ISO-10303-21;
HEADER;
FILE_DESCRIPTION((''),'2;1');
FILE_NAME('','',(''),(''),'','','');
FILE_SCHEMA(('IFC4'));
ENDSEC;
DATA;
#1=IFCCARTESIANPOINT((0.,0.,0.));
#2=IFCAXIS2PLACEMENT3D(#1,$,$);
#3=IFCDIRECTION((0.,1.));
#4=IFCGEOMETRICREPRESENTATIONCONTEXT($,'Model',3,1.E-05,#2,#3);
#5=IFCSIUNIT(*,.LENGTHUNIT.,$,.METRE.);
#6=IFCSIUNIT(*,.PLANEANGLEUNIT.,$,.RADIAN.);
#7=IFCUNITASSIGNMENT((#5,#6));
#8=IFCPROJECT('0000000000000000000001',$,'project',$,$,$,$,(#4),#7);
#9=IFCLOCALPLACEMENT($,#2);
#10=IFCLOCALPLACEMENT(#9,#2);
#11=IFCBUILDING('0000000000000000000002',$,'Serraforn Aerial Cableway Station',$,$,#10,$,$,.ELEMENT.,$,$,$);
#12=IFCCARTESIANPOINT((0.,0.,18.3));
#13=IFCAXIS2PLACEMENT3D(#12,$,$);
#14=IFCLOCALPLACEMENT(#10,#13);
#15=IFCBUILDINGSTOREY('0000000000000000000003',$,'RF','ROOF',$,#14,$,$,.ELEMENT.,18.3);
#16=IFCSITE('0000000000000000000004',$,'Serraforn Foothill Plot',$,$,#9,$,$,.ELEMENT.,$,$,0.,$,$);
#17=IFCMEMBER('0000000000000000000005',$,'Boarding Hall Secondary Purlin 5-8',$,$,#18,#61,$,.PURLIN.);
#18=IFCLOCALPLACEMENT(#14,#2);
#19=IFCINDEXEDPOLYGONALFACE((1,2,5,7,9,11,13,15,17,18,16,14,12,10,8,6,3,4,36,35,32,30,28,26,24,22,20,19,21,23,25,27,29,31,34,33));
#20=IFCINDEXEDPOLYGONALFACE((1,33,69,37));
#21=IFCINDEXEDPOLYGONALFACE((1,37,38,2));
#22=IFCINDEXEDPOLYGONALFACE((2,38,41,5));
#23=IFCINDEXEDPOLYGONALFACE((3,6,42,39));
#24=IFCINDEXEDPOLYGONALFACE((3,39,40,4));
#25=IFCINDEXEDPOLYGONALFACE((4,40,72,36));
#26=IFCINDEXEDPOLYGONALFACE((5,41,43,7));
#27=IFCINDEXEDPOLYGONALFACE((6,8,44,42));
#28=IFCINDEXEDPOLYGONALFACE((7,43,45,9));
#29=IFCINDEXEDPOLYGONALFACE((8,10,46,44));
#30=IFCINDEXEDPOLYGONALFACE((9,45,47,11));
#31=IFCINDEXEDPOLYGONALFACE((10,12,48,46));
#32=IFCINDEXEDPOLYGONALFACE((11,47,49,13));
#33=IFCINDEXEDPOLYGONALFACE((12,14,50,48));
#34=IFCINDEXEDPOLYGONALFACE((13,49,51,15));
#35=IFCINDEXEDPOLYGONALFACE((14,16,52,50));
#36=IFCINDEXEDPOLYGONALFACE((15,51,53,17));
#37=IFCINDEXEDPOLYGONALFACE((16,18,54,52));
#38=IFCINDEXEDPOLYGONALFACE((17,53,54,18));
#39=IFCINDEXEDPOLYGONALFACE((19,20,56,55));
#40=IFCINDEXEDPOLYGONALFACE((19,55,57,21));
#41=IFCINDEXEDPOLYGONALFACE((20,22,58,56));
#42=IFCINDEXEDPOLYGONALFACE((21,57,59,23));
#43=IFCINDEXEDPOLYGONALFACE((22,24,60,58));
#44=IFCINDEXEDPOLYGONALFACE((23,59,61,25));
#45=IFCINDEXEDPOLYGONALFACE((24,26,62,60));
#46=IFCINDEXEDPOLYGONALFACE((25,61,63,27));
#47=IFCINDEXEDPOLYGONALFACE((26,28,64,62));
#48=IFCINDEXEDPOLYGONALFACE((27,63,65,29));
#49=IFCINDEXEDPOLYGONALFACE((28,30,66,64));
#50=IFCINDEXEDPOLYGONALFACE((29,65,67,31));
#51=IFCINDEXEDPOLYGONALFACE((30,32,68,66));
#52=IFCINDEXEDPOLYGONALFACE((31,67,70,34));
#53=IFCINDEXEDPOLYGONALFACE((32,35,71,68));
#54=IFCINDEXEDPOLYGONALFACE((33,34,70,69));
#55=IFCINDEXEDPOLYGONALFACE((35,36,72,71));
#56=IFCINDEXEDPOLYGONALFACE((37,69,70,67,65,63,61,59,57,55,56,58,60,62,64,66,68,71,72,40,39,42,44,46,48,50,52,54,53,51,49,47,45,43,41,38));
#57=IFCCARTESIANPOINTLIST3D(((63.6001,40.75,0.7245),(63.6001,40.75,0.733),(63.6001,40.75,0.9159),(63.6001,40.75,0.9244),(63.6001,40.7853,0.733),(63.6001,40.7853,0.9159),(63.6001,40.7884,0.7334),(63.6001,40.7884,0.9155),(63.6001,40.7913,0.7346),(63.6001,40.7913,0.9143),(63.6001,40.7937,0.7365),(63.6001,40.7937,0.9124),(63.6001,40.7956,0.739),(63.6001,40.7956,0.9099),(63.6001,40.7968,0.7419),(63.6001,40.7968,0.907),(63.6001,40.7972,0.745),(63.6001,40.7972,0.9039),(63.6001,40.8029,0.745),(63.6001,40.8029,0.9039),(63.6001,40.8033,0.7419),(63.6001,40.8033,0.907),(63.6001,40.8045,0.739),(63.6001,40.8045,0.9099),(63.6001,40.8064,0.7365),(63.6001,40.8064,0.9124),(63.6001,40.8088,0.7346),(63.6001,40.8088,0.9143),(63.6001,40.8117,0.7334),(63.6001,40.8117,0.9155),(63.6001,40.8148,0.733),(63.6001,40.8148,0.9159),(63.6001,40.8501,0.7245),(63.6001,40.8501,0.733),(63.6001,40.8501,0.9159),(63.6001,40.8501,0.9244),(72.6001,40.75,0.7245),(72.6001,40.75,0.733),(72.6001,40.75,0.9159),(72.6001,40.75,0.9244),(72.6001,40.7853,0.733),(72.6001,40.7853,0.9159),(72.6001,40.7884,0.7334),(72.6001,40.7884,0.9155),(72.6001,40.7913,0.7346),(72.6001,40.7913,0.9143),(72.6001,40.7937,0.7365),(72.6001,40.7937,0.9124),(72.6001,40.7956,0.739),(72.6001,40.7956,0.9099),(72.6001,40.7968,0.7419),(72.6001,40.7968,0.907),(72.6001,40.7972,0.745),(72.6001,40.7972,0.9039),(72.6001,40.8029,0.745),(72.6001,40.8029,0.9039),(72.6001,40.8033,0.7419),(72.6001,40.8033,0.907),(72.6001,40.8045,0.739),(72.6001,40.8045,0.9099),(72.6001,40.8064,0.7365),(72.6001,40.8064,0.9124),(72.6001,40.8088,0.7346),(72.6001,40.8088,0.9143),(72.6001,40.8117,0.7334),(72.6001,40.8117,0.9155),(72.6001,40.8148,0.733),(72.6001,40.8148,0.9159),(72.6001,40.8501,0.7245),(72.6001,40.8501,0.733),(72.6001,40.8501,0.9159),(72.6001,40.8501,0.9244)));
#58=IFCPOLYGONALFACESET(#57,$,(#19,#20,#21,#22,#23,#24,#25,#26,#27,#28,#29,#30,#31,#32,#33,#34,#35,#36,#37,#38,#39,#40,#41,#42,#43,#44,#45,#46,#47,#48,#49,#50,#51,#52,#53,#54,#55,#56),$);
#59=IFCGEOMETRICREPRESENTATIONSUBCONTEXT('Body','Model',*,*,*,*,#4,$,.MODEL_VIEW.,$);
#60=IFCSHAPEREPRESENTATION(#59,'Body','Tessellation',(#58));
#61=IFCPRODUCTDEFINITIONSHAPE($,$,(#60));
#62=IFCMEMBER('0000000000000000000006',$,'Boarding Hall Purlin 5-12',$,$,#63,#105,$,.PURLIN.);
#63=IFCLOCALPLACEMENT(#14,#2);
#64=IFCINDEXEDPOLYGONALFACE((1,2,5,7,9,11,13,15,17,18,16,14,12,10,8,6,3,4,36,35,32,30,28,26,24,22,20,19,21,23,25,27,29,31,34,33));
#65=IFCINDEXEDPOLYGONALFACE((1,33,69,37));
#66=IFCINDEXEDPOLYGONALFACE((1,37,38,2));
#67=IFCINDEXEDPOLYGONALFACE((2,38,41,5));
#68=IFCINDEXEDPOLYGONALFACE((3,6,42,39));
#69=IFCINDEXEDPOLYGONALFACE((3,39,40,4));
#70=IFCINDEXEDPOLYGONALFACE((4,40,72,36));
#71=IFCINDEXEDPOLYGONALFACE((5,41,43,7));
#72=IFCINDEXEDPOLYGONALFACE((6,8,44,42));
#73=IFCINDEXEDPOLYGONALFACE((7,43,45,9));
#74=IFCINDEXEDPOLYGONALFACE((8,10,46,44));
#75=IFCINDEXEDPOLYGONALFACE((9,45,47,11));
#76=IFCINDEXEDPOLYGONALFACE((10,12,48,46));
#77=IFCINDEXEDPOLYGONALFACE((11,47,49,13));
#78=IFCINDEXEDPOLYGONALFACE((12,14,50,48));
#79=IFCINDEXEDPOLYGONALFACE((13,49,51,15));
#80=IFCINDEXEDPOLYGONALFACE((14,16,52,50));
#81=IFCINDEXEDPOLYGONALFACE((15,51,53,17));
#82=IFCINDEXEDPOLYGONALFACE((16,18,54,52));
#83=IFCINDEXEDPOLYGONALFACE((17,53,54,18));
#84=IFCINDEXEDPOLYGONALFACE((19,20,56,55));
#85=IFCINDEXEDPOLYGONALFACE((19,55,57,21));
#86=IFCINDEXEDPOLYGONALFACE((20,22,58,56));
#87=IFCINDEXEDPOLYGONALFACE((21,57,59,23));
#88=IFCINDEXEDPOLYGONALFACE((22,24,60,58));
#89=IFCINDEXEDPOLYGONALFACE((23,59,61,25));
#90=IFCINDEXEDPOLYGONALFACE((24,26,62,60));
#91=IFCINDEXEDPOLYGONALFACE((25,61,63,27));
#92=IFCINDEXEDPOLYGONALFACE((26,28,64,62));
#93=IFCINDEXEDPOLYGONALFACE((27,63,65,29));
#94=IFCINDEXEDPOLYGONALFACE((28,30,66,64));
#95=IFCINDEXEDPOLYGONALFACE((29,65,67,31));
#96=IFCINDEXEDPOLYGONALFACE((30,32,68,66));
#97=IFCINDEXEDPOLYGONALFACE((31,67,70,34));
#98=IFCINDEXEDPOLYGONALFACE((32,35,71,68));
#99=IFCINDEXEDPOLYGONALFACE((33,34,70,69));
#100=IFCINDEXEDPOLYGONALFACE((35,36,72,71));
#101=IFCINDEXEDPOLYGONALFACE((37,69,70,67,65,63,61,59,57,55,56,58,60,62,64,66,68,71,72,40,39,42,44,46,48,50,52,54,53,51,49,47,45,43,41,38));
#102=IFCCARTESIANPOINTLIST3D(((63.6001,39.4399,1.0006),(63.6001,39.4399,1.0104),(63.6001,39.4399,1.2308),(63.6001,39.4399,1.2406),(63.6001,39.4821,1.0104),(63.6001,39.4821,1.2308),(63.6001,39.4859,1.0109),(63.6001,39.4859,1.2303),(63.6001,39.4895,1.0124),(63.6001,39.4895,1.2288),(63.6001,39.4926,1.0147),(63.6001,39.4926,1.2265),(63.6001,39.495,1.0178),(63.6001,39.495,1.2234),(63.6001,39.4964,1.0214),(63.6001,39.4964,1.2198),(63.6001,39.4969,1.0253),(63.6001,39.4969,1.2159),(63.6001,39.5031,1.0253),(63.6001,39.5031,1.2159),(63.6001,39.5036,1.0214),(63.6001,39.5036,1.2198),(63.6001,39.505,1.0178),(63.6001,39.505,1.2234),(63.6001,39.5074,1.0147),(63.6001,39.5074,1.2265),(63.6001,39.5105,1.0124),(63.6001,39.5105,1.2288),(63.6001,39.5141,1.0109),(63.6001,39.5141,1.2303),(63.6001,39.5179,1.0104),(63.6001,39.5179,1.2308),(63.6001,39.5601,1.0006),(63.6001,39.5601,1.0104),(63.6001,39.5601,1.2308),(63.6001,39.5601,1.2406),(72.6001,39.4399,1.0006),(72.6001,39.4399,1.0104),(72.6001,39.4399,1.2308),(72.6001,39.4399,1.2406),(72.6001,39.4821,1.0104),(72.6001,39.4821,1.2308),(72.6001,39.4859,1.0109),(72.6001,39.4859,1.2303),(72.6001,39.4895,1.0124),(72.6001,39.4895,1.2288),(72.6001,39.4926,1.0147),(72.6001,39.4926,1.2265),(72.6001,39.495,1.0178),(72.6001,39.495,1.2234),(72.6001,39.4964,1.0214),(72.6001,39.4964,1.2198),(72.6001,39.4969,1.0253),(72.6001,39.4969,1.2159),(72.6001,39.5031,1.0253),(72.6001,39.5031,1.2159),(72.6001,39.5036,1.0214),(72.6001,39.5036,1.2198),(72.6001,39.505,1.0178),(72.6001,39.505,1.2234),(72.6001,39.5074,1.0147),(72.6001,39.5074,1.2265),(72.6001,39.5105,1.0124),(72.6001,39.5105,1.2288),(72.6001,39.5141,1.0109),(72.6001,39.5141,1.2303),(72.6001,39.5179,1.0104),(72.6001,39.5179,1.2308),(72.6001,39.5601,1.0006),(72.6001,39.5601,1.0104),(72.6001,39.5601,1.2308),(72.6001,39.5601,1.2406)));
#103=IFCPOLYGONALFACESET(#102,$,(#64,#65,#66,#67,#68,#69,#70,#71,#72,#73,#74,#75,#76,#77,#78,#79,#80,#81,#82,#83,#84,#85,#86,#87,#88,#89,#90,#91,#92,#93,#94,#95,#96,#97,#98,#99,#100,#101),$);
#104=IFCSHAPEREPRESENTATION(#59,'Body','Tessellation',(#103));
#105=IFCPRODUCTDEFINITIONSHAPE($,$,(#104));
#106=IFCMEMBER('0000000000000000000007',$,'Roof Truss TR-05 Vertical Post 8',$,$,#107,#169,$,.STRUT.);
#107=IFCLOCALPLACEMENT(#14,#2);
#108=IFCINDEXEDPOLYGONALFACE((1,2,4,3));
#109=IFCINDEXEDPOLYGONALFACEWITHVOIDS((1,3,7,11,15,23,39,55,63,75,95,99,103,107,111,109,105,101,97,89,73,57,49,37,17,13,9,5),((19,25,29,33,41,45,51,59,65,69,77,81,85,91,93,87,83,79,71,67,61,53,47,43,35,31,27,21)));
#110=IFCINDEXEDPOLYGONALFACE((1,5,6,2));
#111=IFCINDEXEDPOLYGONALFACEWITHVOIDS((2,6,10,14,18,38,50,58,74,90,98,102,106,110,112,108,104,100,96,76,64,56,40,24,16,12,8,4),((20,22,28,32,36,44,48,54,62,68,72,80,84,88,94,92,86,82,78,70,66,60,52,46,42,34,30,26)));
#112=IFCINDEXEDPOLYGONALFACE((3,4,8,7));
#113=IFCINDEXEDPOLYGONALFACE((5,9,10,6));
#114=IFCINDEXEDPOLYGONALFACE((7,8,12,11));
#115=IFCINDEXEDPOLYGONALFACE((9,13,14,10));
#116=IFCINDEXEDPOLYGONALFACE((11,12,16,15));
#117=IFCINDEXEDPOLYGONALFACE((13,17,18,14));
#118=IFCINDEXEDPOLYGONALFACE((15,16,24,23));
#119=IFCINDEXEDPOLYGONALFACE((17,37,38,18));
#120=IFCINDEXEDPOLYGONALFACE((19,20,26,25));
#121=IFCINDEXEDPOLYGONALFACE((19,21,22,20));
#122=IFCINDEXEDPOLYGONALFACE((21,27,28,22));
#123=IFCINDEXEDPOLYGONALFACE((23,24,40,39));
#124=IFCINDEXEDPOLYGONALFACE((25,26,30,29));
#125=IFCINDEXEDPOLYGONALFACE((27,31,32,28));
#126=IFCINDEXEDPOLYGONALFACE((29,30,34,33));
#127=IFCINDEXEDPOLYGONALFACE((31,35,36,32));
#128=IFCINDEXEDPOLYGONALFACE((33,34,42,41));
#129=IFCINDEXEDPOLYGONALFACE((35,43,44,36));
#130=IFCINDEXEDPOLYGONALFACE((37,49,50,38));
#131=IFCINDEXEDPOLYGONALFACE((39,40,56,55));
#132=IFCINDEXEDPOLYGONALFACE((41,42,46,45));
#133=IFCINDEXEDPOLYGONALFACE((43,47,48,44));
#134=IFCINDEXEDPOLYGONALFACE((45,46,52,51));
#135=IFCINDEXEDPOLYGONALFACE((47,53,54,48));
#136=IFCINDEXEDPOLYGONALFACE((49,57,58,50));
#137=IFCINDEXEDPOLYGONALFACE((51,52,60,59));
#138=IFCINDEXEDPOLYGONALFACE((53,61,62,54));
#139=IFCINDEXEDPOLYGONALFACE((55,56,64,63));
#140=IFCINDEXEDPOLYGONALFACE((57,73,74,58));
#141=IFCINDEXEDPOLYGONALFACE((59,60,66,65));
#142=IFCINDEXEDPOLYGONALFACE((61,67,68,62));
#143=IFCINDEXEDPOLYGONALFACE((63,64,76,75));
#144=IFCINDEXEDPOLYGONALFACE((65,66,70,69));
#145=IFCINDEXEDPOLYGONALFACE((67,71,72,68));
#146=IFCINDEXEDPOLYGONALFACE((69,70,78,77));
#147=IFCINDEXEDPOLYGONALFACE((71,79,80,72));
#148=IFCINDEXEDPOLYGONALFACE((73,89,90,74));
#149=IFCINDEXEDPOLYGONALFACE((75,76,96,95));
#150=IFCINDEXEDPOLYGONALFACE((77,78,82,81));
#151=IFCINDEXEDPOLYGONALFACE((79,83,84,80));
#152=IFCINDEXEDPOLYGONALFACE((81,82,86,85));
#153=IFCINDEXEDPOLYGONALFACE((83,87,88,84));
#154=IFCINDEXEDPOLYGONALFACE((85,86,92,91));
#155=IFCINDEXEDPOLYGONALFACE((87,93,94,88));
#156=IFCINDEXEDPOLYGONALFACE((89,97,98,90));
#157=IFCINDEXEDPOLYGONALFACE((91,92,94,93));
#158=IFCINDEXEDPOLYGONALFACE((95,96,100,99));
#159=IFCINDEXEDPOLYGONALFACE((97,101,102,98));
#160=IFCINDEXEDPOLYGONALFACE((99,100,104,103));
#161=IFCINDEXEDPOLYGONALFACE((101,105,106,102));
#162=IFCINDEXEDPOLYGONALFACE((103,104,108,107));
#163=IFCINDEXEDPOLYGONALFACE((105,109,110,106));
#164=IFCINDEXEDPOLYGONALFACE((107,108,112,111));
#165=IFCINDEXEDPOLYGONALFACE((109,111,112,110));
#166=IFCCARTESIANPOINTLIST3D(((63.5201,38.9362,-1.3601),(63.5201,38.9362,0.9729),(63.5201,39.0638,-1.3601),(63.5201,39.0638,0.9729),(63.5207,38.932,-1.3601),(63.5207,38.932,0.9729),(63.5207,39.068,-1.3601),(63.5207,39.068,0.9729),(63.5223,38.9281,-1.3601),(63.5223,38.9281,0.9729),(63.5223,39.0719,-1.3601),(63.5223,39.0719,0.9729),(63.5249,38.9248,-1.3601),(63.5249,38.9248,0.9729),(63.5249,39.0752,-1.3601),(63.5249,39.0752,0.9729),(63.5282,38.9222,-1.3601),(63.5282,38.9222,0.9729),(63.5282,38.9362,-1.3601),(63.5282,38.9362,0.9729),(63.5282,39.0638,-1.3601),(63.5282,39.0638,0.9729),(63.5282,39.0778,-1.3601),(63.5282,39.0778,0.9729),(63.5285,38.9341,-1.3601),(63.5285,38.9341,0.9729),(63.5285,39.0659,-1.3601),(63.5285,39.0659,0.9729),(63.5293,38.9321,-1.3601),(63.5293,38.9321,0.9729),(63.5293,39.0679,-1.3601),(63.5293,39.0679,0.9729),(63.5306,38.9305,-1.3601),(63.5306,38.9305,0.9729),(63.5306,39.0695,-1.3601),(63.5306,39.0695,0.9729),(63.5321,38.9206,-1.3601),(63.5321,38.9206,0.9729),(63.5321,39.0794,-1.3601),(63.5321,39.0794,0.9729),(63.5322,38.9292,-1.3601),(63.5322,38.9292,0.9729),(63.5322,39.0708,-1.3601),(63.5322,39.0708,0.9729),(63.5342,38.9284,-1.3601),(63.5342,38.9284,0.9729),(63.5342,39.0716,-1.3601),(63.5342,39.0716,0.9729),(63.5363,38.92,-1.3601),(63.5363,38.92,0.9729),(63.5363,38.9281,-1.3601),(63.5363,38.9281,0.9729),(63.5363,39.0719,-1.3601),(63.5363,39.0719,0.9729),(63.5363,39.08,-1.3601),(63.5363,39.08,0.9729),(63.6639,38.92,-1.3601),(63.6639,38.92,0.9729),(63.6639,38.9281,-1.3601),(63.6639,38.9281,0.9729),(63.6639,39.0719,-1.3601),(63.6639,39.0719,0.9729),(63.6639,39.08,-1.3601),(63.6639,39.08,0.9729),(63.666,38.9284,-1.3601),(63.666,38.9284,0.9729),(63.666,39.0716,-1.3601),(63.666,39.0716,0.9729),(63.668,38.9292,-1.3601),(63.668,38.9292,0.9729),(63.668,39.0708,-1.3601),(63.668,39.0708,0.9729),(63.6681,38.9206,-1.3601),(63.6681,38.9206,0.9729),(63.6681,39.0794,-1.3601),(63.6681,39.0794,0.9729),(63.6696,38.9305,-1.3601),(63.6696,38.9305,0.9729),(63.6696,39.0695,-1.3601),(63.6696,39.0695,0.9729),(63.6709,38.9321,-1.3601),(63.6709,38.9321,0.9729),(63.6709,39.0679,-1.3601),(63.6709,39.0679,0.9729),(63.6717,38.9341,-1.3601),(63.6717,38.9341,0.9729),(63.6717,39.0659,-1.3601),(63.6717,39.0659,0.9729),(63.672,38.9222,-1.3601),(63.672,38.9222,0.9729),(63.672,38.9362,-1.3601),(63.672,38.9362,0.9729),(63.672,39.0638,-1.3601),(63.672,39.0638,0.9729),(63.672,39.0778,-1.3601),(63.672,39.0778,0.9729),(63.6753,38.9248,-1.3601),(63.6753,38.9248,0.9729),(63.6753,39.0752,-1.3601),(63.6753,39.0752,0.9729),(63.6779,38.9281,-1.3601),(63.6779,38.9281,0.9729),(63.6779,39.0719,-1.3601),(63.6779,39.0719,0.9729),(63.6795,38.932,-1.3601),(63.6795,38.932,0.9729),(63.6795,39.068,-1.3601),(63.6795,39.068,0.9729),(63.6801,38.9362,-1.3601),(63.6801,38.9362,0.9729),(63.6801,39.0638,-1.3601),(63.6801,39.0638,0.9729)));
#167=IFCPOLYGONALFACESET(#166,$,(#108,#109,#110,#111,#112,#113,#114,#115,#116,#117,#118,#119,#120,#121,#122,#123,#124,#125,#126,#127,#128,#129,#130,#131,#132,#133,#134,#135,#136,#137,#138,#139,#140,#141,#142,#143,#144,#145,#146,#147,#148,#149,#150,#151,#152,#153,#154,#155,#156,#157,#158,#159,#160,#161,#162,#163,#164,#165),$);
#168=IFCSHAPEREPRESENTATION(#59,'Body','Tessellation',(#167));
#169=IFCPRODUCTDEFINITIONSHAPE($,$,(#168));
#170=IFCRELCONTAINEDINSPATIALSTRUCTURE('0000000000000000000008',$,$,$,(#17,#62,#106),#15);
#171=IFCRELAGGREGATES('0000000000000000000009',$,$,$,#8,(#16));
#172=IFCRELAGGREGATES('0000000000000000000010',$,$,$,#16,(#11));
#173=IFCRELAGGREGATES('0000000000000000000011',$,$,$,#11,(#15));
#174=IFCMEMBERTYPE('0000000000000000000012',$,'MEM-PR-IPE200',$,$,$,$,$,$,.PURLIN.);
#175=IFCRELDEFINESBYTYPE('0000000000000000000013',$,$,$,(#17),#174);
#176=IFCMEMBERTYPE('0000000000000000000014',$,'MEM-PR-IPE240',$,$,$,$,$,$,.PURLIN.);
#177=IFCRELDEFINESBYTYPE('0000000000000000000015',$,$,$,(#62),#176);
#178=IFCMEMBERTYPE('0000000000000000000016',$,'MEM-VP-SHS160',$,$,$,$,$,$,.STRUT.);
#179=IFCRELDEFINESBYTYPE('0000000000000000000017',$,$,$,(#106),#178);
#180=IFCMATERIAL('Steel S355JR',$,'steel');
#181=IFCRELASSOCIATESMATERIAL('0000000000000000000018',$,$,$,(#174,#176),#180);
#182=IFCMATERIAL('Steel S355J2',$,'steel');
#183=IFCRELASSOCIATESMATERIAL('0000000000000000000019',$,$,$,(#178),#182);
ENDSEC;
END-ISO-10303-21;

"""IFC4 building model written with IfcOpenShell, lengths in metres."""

from ifc_helpers import new_model, si_unit, direction, frame, origin, origin_2d, place, context, subcontext, project, spatial, hollow_rectangle, i_section, extrude, material, material_profile, profile_set, type_object, element, save


model = new_model("IFC4")

# Units and contexts
model_context = context("Model", 3, precision=1e-05, world=origin(), true_north=direction((0.0, 1.0)))
body_context = subcontext(model_context, "Body", "Model", "MODEL_VIEW")
ifc_project = project(units=[si_unit("LENGTHUNIT", "METRE"), si_unit("PLANEANGLEUNIT", "RADIAN")], contexts=[model_context])

# Site, building, storey
site_placement = place(None, origin())
site = spatial("IfcSite", under=ifc_project, at=site_placement, Name="Serraforn Foothill Plot", CompositionType="ELEMENT", RefElevation=0.0)
building_placement = place(site_placement, origin())
building = spatial("IfcBuilding", under=site, at=building_placement, Name="Serraforn Aerial Cableway Station", CompositionType="ELEMENT")
storey_placement = place(building_placement, frame((0.0, 0.0, 18.3)))
storey = spatial("IfcBuildingStorey", under=building, at=storey_placement, Name="RF", Description="ROOF", CompositionType="ELEMENT", Elevation=18.3)

# Shared definitions
ifc_material_1 = material(Name="Steel S355J2", Category="steel")

# Members
ifc_material_2 = material(Name="Steel S355JR", Category="steel")
ifc_material_profile_1 = material_profile(ifc_material_2, i_section(OverallWidth=0.1001, OverallDepth=0.2, WebThickness=0.0056, FlangeThickness=0.0085, FilletRadius=0.012, at=origin_2d()), Name="IPE 200")
ifc_profile_set_1 = profile_set([ifc_material_profile_1], Name="Steel S355JR")
member_type_1 = type_object("IfcMemberType", Name="MEM-PR-IPE200", PredefinedType="PURLIN", material=ifc_profile_set_1)
for number, where, z_axis, x_axis, name in (
    (1, (63.6001, 40.8, 0.8245), (1.0, 0.0, 0.0), (0.0, 1.0, 0.0), "Boarding Hall Secondary Purlin 5-8"),
):
    element("IfcMember", number, at=place(storey_placement, frame(where, z_axis=z_axis, x_axis=x_axis)), inside=storey, type_object=member_type_1, Name=name, PredefinedType="PURLIN", context=body_context, shape_type="SweptSolid", body=[
        extrude(i_section(OverallWidth=0.1001, OverallDepth=0.2, WebThickness=0.0056, FlangeThickness=0.0085, FilletRadius=0.012, at=origin_2d()), origin(), (0.0, 0.0, 1.0), 9.0),
    ])
ifc_material_profile_2 = material_profile(ifc_material_2, i_section(OverallWidth=0.1201, OverallDepth=0.24, WebThickness=0.0061, FlangeThickness=0.0098, FilletRadius=0.0149, at=origin_2d()), Name="IPE 240")
ifc_profile_set_2 = profile_set([ifc_material_profile_2], Name="Steel S355JR")
member_type_2 = type_object("IfcMemberType", Name="MEM-PR-IPE240", PredefinedType="PURLIN", material=ifc_profile_set_2)
member_1_placement = place(storey_placement, frame((63.6001, 39.5, 1.1206), z_axis=(1.0, 0.0, 0.0), x_axis=(0.0, 1.0, 0.0)))
element("IfcMember", 2, at=member_1_placement, inside=storey, type_object=member_type_2, Name="Boarding Hall Purlin 5-12", PredefinedType="PURLIN", context=body_context, shape_type="SweptSolid", body=[
    extrude(i_section(OverallWidth=0.1201, OverallDepth=0.24, WebThickness=0.0061, FlangeThickness=0.0098, FilletRadius=0.0149, at=origin_2d()), origin(), (0.0, 0.0, 1.0), 9.0),
])
ifc_material_profile_3 = material_profile(ifc_material_1, hollow_rectangle(XDim=0.1599, YDim=0.1599, WallThickness=0.0081, InnerFilletRadius=0.0081, OuterFilletRadius=0.0161, at=origin_2d()), Name="SHS 160x160x8.0")
ifc_profile_set_3 = profile_set([ifc_material_profile_3], Name="Steel S355J2")
member_type_3 = type_object("IfcMemberType", Name="MEM-VP-SHS160", PredefinedType="STRUT", material=ifc_profile_set_3)
member_2_placement = place(storey_placement, frame((63.6001, 39.0, -1.3601), z_axis=(0.0, 0.0, 1.0), x_axis=(1.0, 0.0, 0.0)))
element("IfcMember", 3, at=member_2_placement, inside=storey, type_object=member_type_3, Name="Roof Truss TR-05 Vertical Post 8", PredefinedType="STRUT", context=body_context, shape_type="SweptSolid", body=[
    extrude(hollow_rectangle(XDim=0.1599, YDim=0.1599, WallThickness=0.0081, InnerFilletRadius=0.0081, OuterFilletRadius=0.0161, at=origin_2d()), origin(), (0.0, 0.0, 1.0), 2.333),
])

save(model, "model.ifc")
